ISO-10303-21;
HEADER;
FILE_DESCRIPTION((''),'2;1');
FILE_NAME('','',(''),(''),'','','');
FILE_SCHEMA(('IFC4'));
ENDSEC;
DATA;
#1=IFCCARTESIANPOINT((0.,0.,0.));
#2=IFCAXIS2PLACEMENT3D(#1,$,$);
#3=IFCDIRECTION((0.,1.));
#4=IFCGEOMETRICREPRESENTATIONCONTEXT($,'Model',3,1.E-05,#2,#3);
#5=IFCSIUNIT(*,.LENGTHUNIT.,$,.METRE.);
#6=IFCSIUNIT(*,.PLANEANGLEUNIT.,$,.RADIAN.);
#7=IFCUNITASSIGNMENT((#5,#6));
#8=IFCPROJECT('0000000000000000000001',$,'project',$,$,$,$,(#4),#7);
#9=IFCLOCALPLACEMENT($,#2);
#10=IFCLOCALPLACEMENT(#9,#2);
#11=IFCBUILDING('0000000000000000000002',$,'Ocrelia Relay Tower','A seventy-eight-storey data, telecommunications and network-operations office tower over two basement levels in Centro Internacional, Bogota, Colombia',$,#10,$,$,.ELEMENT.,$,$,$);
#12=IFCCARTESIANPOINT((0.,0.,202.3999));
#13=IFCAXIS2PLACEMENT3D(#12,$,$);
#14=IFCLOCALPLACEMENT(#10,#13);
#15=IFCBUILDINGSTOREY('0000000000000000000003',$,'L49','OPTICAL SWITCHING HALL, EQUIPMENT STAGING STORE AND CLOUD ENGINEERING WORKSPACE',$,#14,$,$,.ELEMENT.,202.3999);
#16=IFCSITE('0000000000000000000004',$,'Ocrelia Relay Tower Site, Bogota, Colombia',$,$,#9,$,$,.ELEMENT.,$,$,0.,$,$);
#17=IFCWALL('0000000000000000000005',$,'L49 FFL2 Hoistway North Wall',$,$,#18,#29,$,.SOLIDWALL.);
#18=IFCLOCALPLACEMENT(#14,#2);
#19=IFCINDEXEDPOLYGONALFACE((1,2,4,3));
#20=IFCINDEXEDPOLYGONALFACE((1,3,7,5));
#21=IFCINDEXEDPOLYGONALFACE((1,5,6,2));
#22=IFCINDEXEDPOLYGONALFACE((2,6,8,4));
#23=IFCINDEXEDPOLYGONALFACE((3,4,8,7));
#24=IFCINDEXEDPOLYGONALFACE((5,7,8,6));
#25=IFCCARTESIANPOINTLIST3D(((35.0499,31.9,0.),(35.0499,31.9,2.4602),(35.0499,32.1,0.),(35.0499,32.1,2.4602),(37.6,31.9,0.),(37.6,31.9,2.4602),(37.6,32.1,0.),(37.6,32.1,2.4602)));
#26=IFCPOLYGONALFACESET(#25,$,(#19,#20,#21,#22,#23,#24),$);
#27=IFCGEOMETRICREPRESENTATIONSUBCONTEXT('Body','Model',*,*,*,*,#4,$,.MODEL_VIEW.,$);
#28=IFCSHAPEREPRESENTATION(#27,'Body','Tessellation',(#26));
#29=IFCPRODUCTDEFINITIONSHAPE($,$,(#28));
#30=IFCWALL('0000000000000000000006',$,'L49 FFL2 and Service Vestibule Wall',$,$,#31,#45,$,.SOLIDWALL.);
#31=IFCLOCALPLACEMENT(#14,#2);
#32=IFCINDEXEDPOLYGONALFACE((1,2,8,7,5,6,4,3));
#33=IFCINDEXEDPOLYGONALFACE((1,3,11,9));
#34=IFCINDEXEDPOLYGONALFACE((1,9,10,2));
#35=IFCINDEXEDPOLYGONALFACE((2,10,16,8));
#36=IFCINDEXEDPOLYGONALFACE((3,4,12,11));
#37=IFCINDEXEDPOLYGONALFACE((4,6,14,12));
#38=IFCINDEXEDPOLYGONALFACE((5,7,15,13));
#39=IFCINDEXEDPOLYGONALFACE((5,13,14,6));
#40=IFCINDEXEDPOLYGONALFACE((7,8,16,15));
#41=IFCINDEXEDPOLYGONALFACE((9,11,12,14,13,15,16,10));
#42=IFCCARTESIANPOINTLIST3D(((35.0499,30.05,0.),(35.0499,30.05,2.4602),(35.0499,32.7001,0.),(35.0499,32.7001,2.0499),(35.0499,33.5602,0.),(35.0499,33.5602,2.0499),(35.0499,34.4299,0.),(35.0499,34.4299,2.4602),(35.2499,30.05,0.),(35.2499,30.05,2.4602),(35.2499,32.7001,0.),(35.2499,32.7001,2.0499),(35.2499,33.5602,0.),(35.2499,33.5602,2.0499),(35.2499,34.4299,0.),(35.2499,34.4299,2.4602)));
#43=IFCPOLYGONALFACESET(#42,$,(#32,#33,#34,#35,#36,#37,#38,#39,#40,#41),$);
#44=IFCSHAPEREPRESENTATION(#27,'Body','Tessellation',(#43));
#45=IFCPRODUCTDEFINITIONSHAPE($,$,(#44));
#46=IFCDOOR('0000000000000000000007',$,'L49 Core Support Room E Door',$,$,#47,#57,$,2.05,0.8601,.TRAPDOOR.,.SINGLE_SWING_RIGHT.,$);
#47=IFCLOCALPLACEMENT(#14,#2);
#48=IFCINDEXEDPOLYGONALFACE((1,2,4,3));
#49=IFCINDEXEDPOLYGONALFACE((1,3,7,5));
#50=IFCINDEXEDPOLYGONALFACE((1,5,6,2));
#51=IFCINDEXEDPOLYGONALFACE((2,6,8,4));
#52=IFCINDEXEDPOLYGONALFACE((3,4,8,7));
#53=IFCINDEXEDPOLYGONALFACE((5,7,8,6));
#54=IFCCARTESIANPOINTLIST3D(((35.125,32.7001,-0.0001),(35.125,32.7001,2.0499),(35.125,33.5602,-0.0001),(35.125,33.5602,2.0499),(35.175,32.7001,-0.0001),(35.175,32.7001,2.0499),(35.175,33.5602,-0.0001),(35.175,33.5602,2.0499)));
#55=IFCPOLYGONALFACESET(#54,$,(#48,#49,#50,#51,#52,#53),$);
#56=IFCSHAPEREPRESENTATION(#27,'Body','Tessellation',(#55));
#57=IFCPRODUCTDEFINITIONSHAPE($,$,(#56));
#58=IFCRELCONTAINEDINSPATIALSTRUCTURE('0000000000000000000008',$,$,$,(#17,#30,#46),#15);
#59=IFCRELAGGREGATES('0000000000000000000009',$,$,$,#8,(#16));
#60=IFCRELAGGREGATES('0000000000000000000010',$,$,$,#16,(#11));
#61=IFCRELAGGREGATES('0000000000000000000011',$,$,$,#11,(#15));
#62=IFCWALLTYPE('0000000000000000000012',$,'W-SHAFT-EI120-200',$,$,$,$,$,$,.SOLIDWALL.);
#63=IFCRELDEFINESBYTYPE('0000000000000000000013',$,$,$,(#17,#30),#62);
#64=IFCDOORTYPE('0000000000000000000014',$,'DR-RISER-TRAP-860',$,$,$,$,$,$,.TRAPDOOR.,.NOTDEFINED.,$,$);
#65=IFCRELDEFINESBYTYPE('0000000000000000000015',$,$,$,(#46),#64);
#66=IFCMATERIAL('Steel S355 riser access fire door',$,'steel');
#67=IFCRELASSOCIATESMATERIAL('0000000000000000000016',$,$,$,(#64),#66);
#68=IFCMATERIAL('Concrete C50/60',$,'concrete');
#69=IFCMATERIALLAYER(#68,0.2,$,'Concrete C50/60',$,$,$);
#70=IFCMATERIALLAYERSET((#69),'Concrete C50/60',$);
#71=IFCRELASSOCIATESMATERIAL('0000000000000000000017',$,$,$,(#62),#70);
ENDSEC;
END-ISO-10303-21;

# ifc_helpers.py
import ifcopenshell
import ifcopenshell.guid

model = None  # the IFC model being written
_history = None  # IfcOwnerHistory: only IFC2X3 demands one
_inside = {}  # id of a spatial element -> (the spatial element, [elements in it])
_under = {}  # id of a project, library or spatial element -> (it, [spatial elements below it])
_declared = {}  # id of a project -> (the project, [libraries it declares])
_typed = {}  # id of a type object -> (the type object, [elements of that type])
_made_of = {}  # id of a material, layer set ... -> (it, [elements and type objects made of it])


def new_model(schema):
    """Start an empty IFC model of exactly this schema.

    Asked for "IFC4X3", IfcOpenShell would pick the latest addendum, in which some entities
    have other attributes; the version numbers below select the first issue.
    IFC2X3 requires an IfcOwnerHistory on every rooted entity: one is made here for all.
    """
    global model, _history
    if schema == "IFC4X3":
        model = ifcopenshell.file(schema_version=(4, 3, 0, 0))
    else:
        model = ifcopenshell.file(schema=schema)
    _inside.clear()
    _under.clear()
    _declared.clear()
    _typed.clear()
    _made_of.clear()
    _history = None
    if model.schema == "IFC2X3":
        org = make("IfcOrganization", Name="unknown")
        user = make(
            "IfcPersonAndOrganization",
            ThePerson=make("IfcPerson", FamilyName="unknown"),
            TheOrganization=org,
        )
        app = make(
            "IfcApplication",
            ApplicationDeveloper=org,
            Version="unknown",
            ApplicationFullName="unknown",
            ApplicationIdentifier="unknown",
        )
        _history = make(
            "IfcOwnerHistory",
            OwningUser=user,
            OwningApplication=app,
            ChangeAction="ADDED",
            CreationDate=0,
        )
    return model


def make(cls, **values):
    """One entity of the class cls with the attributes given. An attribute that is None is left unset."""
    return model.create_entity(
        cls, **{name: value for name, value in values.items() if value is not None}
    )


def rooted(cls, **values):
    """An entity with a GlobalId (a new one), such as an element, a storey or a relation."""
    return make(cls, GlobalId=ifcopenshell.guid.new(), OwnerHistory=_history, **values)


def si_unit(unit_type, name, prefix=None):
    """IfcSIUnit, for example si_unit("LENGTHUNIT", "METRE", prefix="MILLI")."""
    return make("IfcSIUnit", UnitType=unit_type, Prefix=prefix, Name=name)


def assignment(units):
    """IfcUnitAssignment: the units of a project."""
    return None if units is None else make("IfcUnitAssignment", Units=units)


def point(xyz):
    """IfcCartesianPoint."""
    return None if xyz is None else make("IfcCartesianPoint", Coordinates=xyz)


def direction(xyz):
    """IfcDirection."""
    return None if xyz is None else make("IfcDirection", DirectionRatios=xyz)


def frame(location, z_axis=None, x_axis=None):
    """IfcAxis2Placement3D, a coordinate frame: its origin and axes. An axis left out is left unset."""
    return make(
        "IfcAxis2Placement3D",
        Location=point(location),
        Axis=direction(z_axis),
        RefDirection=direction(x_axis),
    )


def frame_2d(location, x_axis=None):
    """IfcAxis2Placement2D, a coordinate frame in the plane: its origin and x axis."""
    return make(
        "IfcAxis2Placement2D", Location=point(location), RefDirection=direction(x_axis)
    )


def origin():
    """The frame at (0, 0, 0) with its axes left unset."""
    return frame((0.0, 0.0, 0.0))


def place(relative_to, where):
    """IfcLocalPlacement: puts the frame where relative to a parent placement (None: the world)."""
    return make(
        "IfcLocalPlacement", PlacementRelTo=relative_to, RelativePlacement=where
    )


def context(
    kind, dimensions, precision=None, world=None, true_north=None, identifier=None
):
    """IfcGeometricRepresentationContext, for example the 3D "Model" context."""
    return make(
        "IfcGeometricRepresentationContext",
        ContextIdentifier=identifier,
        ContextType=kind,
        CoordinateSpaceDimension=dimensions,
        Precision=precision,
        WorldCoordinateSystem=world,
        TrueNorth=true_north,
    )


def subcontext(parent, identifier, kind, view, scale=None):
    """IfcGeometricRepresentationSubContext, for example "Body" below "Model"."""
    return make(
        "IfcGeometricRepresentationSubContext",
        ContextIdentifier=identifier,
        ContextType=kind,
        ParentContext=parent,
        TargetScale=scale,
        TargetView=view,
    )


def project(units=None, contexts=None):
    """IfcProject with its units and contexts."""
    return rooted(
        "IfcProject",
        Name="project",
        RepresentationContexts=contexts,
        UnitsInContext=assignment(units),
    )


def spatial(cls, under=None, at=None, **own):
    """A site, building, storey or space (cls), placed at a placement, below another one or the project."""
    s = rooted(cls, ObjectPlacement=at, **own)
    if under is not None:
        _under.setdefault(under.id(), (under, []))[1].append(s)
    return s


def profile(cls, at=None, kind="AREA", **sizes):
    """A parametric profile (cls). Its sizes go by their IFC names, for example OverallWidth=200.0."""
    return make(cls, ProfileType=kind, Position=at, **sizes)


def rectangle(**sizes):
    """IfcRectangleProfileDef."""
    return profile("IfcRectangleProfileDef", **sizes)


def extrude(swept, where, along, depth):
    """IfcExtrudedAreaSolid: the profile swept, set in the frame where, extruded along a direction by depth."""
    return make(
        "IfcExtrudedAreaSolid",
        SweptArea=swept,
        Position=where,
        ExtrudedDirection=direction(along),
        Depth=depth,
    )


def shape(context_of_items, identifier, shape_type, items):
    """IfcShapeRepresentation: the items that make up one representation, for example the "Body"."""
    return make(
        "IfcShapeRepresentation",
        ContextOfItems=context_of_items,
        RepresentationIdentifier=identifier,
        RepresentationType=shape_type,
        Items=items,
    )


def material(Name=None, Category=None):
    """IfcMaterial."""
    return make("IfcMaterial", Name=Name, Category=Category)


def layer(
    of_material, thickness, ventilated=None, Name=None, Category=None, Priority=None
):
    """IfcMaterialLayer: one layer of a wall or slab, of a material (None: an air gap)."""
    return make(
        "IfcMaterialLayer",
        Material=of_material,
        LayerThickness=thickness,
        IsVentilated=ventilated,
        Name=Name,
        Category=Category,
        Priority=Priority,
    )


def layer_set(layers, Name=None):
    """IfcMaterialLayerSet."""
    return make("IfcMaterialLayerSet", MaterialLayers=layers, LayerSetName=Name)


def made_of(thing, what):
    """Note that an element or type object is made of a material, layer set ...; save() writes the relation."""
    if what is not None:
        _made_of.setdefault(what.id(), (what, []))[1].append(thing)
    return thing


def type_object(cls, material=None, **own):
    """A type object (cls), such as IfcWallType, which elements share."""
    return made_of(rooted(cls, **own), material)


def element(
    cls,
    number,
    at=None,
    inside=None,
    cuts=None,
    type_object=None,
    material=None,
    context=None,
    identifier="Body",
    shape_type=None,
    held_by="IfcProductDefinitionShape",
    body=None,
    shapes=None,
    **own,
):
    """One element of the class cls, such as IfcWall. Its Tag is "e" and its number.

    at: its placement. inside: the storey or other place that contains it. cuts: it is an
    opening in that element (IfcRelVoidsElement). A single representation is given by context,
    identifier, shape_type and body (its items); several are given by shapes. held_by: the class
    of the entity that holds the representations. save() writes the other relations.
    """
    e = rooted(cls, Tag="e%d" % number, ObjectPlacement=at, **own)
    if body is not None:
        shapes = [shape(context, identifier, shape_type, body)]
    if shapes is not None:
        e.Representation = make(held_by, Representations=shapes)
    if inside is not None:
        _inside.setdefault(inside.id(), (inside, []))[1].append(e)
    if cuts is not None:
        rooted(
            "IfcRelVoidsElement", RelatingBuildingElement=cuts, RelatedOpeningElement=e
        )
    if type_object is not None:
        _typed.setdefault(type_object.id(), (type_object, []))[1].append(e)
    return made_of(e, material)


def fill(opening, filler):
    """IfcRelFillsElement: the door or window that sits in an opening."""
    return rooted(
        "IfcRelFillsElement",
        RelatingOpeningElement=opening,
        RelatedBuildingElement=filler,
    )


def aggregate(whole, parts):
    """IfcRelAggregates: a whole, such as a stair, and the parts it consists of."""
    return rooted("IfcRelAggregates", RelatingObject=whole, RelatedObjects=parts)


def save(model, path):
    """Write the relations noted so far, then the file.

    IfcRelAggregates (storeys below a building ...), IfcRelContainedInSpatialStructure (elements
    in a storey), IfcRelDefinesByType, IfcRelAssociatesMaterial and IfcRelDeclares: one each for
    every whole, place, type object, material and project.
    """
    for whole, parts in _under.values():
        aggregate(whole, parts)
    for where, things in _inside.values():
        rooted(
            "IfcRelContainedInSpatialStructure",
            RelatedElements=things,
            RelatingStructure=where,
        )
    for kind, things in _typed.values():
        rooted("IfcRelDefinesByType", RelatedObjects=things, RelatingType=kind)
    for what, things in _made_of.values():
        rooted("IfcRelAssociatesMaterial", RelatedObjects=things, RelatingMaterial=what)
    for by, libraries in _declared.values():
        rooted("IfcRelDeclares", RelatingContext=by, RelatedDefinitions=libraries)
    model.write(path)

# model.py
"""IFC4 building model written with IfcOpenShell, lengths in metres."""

from ifc_helpers import new_model, si_unit, direction, frame, frame_2d, origin, place, context, subcontext, project, spatial, rectangle, extrude, material, layer, layer_set, type_object, element, fill, save


model = new_model("IFC4")

# Units and contexts
model_context = context("Model", 3, precision=1e-05, world=origin(), true_north=direction((0.0, 1.0)))
body_context = subcontext(model_context, "Body", "Model", "MODEL_VIEW")
ifc_project = project(units=[si_unit("LENGTHUNIT", "METRE"), si_unit("PLANEANGLEUNIT", "RADIAN")], contexts=[model_context])

# Site, building, storey
site_placement = place(None, origin())
site = spatial("IfcSite", under=ifc_project, at=site_placement, Name="Ocrelia Relay Tower Site, Bogota, Colombia", CompositionType="ELEMENT", RefElevation=0.0)
building_placement = place(site_placement, origin())
building = spatial("IfcBuilding", under=site, at=building_placement, Name="Ocrelia Relay Tower", Description="A seventy-eight-storey data, telecommunications and network-operations office tower over two basement levels in Centro Internacional, Bogota, Colombia", CompositionType="ELEMENT")
storey_placement = place(building_placement, frame((0.0, 0.0, 202.3999)))
storey = spatial("IfcBuildingStorey", under=building, at=storey_placement, Name="L49", Description="OPTICAL SWITCHING HALL, EQUIPMENT STAGING STORE AND CLOUD ENGINEERING WORKSPACE", CompositionType="ELEMENT", Elevation=202.3999)

# Shared definitions
ifc_material_1 = material(Name="Concrete C50/60", Category="concrete")

# Shared definitions
ifc_material_2 = material(Name="Steel S355 riser access fire door", Category="steel")
door_type_1 = type_object("IfcDoorType", Name="DR-RISER-TRAP-860", OperationType="NOTDEFINED", PredefinedType="TRAPDOOR", material=ifc_material_2)

# Shared definitions
ifc_layer_1 = layer(ifc_material_1, 0.2, Name="Concrete C50/60")
ifc_layer_set_1 = layer_set([ifc_layer_1], Name="Concrete C50/60")
wall_type_1 = type_object("IfcWallType", Name="W-SHAFT-EI120-200", PredefinedType="SOLIDWALL", material=ifc_layer_set_1)

# Wall
wall_1_placement = place(storey_placement, frame((35.05, 32.0, 0.0), z_axis=(0.0, 0.0, 1.0), x_axis=(1.0, 0.0, 0.0)))
element("IfcWall", 1, at=wall_1_placement, inside=storey, type_object=wall_type_1, Name="L49 FFL2 Hoistway North Wall", PredefinedType="SOLIDWALL", context=body_context, shape_type="SweptSolid", body=[
    extrude(rectangle(XDim=2.55, YDim=0.2, at=frame_2d((1.2749, 0.0))), origin(), (0.0, 0.0, 1.0), 2.4602),
])

# Wall, opening, door
wall_2_placement = place(storey_placement, frame((35.1499, 30.05, 0.0), z_axis=(0.0, 0.0, 1.0), x_axis=(0.0, 1.0, 0.0)))
wall_2 = element("IfcWall", 2, at=wall_2_placement, inside=storey, type_object=wall_type_1, Name="L49 FFL2 and Service Vestibule Wall", PredefinedType="SOLIDWALL", context=body_context, shape_type="SweptSolid", body=[
    extrude(rectangle(XDim=4.3799, YDim=0.2, at=frame_2d((2.1899, 0.0))), origin(), (0.0, 0.0, 1.0), 2.4602),
])
opening_1_placement = place(wall_2_placement, frame((2.6499, 0.0, 0.0)))
opening_1 = element("IfcOpeningElement", 3, at=opening_1_placement, cuts=wall_2, PredefinedType="OPENING", context=body_context, shape_type="SweptSolid", body=[
    extrude(rectangle(XDim=0.8601, YDim=2.05, at=frame_2d((0.4302, 1.0249))), frame((0.0, 0.1099, 0.0), z_axis=(0.0, -1.0, 0.0), x_axis=(1.0, 0.0, 0.0)), (0.0, 0.0, 1.0), 0.22),
])
door_1_placement = place(opening_1_placement, origin())
door_1 = element("IfcDoor", 4, at=door_1_placement, inside=storey, type_object=door_type_1, Name="L49 Core Support Room E Door", OperationType="SINGLE_SWING_RIGHT", OverallHeight=2.05, OverallWidth=0.8601, PredefinedType="TRAPDOOR", context=body_context, shape_type="SweptSolid", body=[
    extrude(rectangle(XDim=0.8601, YDim=2.05, at=frame_2d((0.4302, 1.0249))), frame((0.0, 0.0249, 0.0), z_axis=(0.0, -1.0, 0.0), x_axis=(1.0, 0.0, 0.0)), (0.0, 0.0, 1.0), 0.05),
])
fill(opening_1, door_1)

save(model, "model.ifc")
